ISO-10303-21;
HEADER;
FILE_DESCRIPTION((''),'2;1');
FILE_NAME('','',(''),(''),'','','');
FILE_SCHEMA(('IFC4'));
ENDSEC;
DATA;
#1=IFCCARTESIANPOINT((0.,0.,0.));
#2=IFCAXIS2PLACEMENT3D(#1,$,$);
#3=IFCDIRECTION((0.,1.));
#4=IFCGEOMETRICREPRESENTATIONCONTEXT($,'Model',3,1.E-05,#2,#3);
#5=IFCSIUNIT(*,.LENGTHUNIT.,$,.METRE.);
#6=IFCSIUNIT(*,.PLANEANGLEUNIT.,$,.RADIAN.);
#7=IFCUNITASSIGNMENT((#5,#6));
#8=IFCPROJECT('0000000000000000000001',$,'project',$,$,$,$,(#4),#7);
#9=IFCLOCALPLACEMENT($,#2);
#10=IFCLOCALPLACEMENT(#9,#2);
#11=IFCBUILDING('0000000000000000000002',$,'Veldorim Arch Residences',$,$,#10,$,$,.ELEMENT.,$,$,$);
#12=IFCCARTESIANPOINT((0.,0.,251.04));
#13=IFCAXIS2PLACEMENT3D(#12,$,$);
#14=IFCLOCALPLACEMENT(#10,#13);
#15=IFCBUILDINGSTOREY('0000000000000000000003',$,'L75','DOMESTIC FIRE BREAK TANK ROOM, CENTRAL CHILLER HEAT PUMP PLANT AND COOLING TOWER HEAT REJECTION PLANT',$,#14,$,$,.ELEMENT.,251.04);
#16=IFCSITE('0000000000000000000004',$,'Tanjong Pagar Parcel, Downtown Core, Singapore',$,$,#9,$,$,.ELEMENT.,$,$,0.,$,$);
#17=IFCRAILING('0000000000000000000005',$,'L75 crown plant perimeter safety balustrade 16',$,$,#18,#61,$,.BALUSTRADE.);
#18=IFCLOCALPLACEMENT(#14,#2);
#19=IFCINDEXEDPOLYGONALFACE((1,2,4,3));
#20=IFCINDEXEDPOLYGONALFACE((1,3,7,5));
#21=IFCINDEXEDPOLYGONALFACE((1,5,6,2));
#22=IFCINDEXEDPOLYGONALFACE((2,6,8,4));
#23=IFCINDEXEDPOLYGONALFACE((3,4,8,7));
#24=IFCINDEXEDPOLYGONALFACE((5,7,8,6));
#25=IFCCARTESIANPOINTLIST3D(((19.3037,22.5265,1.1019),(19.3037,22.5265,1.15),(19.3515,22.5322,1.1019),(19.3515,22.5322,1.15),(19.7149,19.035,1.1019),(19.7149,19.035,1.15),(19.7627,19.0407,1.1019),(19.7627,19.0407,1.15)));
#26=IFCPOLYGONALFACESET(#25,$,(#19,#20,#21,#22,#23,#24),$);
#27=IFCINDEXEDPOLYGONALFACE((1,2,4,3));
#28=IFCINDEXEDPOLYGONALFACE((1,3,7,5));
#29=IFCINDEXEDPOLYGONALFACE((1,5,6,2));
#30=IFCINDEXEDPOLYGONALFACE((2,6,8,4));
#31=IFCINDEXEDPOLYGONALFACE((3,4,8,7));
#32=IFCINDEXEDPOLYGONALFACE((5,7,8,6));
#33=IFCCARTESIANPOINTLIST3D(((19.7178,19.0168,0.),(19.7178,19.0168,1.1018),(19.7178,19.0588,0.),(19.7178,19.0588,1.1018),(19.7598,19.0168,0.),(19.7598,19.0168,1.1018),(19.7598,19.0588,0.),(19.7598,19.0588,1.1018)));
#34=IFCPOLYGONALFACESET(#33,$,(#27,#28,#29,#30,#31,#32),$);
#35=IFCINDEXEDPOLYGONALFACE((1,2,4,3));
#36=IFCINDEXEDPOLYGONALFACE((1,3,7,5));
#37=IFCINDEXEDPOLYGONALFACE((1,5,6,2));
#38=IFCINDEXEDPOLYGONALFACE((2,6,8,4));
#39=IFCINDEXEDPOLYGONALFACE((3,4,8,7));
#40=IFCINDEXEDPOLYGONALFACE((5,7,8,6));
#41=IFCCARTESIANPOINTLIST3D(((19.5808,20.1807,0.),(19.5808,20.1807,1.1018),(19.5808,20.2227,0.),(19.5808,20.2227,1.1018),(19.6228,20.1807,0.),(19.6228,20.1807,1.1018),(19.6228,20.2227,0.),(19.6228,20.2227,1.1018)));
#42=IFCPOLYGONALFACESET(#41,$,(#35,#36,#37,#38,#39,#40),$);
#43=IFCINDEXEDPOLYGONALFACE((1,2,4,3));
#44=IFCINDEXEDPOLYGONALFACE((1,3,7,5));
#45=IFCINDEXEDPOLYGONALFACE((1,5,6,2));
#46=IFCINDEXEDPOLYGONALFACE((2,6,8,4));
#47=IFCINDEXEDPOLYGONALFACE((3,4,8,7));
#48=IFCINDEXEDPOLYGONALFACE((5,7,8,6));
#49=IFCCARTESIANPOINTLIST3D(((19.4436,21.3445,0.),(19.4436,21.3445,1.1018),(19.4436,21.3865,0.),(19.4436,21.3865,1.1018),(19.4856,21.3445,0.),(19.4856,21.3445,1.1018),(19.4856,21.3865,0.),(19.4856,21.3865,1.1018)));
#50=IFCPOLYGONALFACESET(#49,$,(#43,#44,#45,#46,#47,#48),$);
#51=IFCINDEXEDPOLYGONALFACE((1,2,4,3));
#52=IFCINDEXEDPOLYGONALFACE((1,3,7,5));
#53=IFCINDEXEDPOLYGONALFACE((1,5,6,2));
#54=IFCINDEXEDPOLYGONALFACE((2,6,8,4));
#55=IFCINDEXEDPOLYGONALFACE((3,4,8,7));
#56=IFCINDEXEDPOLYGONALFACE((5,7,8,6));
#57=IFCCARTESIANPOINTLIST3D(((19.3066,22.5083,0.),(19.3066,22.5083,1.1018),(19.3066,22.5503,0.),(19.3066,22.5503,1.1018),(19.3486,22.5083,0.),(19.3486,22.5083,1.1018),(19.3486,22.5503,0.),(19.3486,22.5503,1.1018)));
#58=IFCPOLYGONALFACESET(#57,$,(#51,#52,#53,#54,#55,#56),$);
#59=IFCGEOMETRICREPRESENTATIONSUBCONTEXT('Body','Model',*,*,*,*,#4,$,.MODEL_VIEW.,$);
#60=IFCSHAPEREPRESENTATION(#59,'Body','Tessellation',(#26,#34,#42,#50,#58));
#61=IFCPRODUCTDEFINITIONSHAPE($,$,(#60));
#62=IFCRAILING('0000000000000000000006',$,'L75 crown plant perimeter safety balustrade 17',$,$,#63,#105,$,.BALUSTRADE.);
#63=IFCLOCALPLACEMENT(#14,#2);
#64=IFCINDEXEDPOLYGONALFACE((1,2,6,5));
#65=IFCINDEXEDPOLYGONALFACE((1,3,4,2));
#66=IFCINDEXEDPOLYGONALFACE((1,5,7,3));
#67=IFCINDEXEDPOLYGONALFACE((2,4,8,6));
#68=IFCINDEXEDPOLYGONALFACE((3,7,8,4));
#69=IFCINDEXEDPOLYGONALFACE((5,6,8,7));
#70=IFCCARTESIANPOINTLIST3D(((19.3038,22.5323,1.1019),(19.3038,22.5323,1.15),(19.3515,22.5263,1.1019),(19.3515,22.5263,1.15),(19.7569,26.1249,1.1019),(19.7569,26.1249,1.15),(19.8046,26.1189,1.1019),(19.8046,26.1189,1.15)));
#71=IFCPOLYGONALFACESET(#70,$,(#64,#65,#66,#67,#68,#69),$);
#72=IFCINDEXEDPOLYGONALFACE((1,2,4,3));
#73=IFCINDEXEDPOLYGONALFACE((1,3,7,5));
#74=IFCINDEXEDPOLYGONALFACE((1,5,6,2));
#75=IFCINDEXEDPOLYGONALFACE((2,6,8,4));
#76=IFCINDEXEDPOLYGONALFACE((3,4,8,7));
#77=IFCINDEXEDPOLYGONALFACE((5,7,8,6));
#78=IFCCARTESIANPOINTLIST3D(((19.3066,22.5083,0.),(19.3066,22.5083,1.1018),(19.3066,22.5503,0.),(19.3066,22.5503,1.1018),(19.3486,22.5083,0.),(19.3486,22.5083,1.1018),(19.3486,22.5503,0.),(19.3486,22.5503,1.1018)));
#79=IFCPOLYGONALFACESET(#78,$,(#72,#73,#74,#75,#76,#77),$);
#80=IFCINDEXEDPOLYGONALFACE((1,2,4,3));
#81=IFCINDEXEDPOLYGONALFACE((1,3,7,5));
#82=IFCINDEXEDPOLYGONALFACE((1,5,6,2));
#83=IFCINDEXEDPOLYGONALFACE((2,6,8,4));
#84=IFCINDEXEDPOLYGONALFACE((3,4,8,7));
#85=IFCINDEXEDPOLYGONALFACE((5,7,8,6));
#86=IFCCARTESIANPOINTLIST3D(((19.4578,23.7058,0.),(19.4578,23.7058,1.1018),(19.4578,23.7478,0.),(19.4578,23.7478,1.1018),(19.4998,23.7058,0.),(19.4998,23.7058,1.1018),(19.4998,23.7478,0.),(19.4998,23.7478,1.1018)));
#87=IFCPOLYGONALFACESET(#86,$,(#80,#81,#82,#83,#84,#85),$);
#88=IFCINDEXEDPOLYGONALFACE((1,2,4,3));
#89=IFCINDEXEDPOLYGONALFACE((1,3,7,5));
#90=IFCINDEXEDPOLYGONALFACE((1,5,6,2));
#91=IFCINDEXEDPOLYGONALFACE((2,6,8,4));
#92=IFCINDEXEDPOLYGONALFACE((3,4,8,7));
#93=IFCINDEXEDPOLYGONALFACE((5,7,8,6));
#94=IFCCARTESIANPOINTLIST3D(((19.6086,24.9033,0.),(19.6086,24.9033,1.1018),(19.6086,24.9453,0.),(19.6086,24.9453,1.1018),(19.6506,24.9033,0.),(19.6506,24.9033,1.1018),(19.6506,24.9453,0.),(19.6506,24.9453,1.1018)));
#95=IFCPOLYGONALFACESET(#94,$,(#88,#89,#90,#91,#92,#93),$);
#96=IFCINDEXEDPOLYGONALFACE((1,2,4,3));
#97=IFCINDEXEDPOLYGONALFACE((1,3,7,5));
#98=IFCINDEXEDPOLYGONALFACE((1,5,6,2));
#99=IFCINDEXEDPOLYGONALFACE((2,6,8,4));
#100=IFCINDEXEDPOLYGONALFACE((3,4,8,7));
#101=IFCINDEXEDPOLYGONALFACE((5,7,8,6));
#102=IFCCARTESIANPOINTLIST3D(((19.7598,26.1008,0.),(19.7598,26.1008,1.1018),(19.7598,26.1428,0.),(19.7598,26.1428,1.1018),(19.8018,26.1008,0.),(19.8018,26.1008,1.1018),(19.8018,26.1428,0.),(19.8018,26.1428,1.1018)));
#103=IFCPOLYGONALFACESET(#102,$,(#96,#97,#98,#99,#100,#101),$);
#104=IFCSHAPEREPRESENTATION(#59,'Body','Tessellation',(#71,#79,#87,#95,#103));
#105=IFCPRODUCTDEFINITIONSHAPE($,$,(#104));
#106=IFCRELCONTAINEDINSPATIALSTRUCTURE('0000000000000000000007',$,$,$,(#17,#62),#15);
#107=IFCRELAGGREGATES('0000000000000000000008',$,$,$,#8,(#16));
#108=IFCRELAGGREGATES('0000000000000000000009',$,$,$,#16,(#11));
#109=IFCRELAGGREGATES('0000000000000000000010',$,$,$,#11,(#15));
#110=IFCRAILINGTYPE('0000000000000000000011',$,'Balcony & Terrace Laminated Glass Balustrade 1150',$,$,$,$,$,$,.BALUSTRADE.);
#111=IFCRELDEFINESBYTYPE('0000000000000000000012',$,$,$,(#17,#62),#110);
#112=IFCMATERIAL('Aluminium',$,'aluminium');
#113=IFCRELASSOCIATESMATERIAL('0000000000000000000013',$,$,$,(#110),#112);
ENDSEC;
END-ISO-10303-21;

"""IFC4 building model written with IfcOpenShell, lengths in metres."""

from ifc_helpers import new_model, si_unit, direction, frame, origin, origin_2d, place, context, subcontext, project, spatial, rectangle, extrude, material, type_object, element, save


model = new_model("IFC4")

# Units and contexts
model_context = context("Model", 3, precision=1e-05, world=origin(), true_north=direction((0.0, 1.0)))
body_context = subcontext(model_context, "Body", "Model", "MODEL_VIEW")
ifc_project = project(units=[si_unit("LENGTHUNIT", "METRE"), si_unit("PLANEANGLEUNIT", "RADIAN")], contexts=[model_context])

# Site, building, storey
site_placement = place(None, origin())
site = spatial("IfcSite", under=ifc_project, at=site_placement, Name="Tanjong Pagar Parcel, Downtown Core, Singapore", CompositionType="ELEMENT", RefElevation=0.0)
building_placement = place(site_placement, origin())
building = spatial("IfcBuilding", under=site, at=building_placement, Name="Veldorim Arch Residences", CompositionType="ELEMENT")
storey_placement = place(building_placement, frame((0.0, 0.0, 251.04)))
storey = spatial("IfcBuildingStorey", under=building, at=storey_placement, Name="L75", Description="DOMESTIC FIRE BREAK TANK ROOM, CENTRAL CHILLER HEAT PUMP PLANT AND COOLING TOWER HEAT REJECTION PLANT", CompositionType="ELEMENT", Elevation=251.04)

# Railings
ifc_material_1 = material(Name="Aluminium", Category="aluminium")
railing_type = type_object("IfcRailingType", Name="Balcony & Terrace Laminated Glass Balustrade 1150", PredefinedType="BALUSTRADE", material=ifc_material_1)
railing_1_placement = place(storey_placement, frame((19.7388, 19.0378, 0.0)))
element("IfcRailing", 1, at=railing_1_placement, inside=storey, type_object=railing_type, Name="L75 crown plant perimeter safety balustrade 16", PredefinedType="BALUSTRADE", context=body_context, shape_type="SweptSolid", body=[
    extrude(rectangle(XDim=0.0481, YDim=0.0481, at=origin_2d()), frame((0.0, 0.0, 1.126), z_axis=(-0.116946, 0.993138, 0.0), x_axis=(-0.993138, -0.116946, 0.0)), (0.0, 0.0, 1.0), 3.5156),
    extrude(rectangle(XDim=0.042, YDim=0.042, at=origin_2d()), origin(), (0.0, 0.0, 1.0), 1.1018),
    extrude(rectangle(XDim=0.042, YDim=0.042, at=origin_2d()), frame((-0.137, 1.1638, 0.0)), (0.0, 0.0, 1.0), 1.1018),
    extrude(rectangle(XDim=0.042, YDim=0.042, at=origin_2d()), frame((-0.2742, 2.3276, 0.0)), (0.0, 0.0, 1.0), 1.1018),
    extrude(rectangle(XDim=0.042, YDim=0.042, at=origin_2d()), frame((-0.4111, 3.4915, 0.0)), (0.0, 0.0, 1.0), 1.1018),
])
railing_2_placement = place(storey_placement, frame((19.3276, 22.5293, 0.0)))
element("IfcRailing", 2, at=railing_2_placement, inside=storey, type_object=railing_type, Name="L75 crown plant perimeter safety balustrade 17", PredefinedType="BALUSTRADE", context=body_context, shape_type="SweptSolid", body=[
    extrude(rectangle(XDim=0.0481, YDim=0.0481, at=origin_2d()), frame((0.0, 0.0, 1.126), z_axis=(0.125138, 0.992139, 0.0), x_axis=(-0.992139, 0.125138, 0.0)), (0.0, 0.0, 1.0), 3.6211),
    extrude(rectangle(XDim=0.042, YDim=0.042, at=origin_2d()), origin(), (0.0, 0.0, 1.0), 1.1018),
    extrude(rectangle(XDim=0.042, YDim=0.042, at=origin_2d()), frame((0.1511, 1.1975, 0.0)), (0.0, 0.0, 1.0), 1.1018),
    extrude(rectangle(XDim=0.042, YDim=0.042, at=origin_2d()), frame((0.302, 2.395, 0.0)), (0.0, 0.0, 1.0), 1.1018),
    extrude(rectangle(XDim=0.042, YDim=0.042, at=origin_2d()), frame((0.4531, 3.5925, 0.0)), (0.0, 0.0, 1.0), 1.1018),
])

save(model, "model.ifc")
